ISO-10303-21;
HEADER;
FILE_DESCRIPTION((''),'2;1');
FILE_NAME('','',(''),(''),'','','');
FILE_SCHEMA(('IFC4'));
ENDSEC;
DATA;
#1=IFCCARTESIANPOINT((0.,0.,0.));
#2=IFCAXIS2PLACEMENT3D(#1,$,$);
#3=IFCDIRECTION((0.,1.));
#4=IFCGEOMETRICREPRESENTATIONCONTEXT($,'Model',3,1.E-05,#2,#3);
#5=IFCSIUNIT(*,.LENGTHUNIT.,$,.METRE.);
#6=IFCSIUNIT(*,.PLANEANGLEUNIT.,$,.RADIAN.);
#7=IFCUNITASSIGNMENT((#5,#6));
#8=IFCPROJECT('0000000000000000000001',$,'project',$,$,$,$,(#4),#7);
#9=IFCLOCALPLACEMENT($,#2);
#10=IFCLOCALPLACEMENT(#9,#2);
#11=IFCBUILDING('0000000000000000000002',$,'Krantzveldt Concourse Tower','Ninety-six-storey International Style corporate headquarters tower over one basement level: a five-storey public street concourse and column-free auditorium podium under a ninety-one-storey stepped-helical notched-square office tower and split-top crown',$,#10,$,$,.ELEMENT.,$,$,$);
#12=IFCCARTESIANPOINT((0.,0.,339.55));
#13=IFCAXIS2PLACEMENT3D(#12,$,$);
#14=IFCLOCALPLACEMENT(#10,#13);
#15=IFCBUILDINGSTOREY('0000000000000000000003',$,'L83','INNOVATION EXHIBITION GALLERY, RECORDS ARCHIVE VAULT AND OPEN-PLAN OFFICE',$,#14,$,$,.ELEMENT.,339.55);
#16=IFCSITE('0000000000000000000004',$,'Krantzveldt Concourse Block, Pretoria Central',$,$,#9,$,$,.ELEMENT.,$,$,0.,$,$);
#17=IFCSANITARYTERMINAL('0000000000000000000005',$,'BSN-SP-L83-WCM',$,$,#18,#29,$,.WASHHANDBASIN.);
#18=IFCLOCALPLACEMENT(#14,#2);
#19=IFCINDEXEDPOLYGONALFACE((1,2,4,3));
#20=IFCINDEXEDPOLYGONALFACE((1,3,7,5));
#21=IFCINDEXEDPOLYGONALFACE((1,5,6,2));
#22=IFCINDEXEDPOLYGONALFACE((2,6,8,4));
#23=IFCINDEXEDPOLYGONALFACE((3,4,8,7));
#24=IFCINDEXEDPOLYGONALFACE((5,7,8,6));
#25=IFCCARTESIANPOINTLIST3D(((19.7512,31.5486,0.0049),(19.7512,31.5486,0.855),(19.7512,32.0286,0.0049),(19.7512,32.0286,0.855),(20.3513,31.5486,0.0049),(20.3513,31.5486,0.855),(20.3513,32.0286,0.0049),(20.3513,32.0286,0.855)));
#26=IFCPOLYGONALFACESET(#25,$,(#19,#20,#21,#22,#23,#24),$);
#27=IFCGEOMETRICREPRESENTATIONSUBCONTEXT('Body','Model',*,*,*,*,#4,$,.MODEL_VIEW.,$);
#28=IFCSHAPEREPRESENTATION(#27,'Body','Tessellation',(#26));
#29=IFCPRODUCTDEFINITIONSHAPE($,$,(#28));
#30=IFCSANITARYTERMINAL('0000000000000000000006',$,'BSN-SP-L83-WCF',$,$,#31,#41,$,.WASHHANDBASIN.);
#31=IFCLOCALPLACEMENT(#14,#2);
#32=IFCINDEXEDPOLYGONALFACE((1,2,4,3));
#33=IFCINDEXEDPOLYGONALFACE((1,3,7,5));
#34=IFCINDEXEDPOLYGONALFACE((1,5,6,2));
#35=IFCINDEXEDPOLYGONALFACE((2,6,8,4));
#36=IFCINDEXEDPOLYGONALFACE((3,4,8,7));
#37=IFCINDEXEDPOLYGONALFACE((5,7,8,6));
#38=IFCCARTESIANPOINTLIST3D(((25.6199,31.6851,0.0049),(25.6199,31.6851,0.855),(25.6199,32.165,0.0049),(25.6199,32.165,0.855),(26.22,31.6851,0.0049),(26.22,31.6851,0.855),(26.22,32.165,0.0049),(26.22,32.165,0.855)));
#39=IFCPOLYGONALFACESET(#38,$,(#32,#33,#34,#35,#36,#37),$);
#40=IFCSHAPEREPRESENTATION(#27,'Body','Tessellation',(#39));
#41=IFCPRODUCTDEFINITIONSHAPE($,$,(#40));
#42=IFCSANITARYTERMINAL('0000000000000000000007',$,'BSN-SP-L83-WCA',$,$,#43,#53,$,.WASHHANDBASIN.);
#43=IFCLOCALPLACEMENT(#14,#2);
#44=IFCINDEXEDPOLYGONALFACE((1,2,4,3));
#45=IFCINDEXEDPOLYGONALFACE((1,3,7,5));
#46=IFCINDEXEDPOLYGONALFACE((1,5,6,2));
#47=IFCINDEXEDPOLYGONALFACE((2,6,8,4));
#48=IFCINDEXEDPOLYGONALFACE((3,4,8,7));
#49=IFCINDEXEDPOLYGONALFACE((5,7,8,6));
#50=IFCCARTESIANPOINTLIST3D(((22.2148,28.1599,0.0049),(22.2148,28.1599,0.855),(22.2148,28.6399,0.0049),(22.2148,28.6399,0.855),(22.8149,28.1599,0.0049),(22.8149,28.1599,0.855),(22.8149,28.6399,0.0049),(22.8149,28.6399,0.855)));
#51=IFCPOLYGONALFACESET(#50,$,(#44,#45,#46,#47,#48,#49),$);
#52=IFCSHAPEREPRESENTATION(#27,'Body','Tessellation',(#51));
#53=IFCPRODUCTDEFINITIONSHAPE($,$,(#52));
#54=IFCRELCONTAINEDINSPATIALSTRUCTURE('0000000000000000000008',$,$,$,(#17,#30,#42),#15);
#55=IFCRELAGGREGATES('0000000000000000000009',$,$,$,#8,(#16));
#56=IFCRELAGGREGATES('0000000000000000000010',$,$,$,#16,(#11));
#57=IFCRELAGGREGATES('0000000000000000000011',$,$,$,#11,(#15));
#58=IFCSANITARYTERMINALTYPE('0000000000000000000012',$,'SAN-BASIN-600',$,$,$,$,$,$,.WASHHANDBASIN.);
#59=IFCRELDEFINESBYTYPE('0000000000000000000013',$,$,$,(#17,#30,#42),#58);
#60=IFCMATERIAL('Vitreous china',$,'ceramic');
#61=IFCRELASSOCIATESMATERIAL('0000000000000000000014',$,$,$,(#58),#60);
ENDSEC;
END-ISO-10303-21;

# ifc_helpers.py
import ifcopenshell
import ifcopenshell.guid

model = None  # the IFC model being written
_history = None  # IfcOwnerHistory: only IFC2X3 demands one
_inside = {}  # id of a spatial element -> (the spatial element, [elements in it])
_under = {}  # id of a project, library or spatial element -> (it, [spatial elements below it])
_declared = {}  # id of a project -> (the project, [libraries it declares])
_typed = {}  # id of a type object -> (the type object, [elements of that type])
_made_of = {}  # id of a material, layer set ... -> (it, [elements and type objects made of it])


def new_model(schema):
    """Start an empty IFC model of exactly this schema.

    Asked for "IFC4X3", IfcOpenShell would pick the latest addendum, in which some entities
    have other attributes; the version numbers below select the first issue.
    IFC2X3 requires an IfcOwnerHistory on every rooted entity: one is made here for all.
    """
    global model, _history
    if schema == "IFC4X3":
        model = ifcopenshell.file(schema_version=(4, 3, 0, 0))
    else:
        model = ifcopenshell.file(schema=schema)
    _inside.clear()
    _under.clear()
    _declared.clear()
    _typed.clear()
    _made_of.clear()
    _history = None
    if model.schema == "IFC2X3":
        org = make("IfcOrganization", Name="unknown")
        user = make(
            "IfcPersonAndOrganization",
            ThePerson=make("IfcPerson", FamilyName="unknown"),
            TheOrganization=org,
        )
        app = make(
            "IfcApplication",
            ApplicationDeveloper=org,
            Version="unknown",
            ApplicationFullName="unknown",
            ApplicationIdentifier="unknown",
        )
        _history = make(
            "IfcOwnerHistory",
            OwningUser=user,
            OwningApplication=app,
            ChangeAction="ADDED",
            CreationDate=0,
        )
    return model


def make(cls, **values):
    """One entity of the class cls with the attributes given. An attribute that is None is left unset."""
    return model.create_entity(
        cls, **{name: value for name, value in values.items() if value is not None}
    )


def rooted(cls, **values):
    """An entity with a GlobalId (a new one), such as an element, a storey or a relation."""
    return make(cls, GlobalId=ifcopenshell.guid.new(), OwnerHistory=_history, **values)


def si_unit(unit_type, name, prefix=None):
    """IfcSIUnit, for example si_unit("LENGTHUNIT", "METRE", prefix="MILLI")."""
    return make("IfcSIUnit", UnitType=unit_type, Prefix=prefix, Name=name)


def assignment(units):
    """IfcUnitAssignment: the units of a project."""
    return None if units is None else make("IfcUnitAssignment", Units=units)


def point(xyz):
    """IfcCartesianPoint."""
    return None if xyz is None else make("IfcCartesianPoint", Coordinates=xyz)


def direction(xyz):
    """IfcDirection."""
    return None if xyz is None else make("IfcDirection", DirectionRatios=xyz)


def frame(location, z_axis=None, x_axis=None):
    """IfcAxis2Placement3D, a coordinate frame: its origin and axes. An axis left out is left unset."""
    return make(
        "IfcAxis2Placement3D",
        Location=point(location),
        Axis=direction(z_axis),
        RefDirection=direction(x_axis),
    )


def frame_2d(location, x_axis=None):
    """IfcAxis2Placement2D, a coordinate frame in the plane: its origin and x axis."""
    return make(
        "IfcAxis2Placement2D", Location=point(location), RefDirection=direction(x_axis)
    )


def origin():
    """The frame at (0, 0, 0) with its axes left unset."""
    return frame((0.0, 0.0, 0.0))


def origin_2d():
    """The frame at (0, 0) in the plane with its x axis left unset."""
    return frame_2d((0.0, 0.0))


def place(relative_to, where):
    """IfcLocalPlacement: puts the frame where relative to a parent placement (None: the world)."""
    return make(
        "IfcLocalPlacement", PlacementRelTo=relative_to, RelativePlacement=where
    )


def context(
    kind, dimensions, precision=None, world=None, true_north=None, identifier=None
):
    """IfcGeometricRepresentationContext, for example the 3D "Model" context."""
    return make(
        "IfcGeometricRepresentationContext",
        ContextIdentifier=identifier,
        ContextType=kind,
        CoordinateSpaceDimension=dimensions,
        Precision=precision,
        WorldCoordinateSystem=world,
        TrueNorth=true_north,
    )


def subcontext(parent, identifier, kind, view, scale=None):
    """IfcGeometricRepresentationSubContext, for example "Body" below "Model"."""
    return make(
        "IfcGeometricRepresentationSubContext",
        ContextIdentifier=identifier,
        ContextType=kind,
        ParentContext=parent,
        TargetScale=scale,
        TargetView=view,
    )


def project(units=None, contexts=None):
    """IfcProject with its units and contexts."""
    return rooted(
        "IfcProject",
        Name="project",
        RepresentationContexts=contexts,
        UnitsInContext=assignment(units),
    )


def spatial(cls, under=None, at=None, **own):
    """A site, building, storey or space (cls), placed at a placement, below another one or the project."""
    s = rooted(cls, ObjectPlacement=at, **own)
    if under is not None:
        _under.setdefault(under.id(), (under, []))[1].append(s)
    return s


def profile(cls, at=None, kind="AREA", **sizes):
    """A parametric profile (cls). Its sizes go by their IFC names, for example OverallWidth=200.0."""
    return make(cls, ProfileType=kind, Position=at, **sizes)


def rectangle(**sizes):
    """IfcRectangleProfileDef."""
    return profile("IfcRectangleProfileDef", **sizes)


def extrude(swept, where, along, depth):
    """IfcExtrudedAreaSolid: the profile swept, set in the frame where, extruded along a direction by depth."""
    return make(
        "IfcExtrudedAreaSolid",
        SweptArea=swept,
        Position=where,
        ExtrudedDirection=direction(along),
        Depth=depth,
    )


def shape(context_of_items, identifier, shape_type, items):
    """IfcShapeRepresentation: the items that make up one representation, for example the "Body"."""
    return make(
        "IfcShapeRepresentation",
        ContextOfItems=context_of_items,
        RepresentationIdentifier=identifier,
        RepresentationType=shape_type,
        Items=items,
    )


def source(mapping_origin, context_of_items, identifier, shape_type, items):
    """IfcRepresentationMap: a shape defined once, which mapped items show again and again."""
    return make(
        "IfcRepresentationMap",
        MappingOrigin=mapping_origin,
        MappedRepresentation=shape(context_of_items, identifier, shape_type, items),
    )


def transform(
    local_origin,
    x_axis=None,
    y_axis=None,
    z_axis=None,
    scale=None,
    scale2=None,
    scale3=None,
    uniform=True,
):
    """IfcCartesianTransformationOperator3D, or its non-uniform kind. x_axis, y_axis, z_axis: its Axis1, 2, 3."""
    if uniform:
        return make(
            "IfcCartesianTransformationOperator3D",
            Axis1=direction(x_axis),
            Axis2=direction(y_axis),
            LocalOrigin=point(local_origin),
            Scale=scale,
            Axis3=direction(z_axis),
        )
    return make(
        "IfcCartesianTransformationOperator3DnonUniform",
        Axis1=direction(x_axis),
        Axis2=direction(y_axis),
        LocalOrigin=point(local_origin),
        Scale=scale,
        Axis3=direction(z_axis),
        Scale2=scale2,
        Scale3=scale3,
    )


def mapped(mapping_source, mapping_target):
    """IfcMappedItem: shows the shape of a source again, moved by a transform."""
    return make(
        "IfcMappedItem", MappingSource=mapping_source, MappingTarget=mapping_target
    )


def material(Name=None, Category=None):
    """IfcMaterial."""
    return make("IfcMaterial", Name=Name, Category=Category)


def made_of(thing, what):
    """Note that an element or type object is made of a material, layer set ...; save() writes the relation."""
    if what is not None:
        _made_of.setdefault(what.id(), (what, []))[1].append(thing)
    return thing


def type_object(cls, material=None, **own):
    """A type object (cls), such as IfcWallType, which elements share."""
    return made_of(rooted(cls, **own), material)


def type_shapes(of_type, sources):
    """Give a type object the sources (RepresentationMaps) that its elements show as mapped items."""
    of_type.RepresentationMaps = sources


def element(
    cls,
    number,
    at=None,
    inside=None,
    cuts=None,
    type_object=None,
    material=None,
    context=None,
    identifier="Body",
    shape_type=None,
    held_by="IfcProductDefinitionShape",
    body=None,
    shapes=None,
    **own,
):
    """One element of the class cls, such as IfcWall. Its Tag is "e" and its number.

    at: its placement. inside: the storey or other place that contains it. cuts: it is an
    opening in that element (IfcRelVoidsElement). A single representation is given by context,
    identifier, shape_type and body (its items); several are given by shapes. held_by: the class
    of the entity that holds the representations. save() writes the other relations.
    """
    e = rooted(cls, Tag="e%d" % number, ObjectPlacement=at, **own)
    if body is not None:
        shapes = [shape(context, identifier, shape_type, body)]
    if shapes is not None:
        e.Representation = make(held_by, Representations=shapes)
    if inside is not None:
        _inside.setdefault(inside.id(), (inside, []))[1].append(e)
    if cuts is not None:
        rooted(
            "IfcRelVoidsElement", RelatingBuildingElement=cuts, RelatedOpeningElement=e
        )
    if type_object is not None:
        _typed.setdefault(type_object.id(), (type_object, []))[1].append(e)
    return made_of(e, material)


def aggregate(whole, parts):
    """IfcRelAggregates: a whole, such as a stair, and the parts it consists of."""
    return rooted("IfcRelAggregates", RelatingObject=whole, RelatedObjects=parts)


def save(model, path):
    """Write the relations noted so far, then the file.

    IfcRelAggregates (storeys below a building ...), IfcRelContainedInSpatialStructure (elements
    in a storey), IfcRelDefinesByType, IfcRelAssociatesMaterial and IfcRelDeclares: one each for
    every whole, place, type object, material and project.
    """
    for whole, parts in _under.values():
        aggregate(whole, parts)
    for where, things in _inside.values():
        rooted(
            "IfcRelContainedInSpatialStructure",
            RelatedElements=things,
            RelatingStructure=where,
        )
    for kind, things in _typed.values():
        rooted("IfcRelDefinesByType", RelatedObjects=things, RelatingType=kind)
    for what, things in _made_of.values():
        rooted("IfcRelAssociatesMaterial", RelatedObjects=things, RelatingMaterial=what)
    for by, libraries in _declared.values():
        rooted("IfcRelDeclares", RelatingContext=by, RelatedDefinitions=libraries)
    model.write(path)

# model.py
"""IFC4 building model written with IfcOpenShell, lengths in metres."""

from ifc_helpers import new_model, si_unit, direction, frame, origin, origin_2d, place, context, subcontext, project, spatial, rectangle, extrude, source, transform, mapped, material, type_object, type_shapes, element, save


model = new_model("IFC4")

# Units and contexts
model_context = context("Model", 3, precision=1e-05, world=origin(), true_north=direction((0.0, 1.0)))
body_context = subcontext(model_context, "Body", "Model", "MODEL_VIEW")
ifc_project = project(units=[si_unit("LENGTHUNIT", "METRE"), si_unit("PLANEANGLEUNIT", "RADIAN")], contexts=[model_context])

# Site, building, storey
site_placement = place(None, origin())
site = spatial("IfcSite", under=ifc_project, at=site_placement, Name="Krantzveldt Concourse Block, Pretoria Central", CompositionType="ELEMENT", RefElevation=0.0)
building_placement = place(site_placement, origin())
building = spatial("IfcBuilding", under=site, at=building_placement, Name="Krantzveldt Concourse Tower", Description="Ninety-six-storey International Style corporate headquarters tower over one basement level: a five-storey public street concourse and column-free auditorium podium under a ninety-one-storey stepped-helical notched-square office tower and split-top crown", CompositionType="ELEMENT")
storey_placement = place(building_placement, frame((0.0, 0.0, 339.55)))
storey = spatial("IfcBuildingStorey", under=building, at=storey_placement, Name="L83", Description="INNOVATION EXHIBITION GALLERY, RECORDS ARCHIVE VAULT AND OPEN-PLAN OFFICE", CompositionType="ELEMENT", Elevation=339.55)

# Sanitary terminals
ifc_material_1 = material(Name="Vitreous china", Category="ceramic")
sanitary_terminal_type_1 = type_object("IfcSanitaryTerminalType", Name="SAN-BASIN-600", PredefinedType="WASHHANDBASIN", material=ifc_material_1)
shared_shape_1 = source(origin(), body_context, "Body", "SweptSolid", [
    extrude(rectangle(XDim=0.6001, YDim=0.48, at=origin_2d()), origin(), (0.0, 0.0, 1.0), 0.8501),
])
type_shapes(sanitary_terminal_type_1, [shared_shape_1])
for number, where, z_axis, x_axis, name in (
    (1, (20.0513, 31.7886, 0.0049), (0.0, 0.0, 1.0), (1.0, 0.0, 0.0), "BSN-SP-L83-WCM"),
    (2, (25.9199, 31.925, 0.0049), (0.0, 0.0, 1.0), (1.0, 0.0, 0.0), "BSN-SP-L83-WCF"),
    (3, (22.5149, 28.3999, 0.0049), (0.0, 0.0, 1.0), (1.0, 0.0, 0.0), "BSN-SP-L83-WCA"),
):
    element("IfcSanitaryTerminal", number, at=place(storey_placement, frame(where, z_axis=z_axis, x_axis=x_axis)), inside=storey, type_object=sanitary_terminal_type_1, Name=name, PredefinedType="WASHHANDBASIN", context=body_context, shape_type="MappedRepresentation", body=[
        mapped(shared_shape_1, transform((0.0, 0.0, 0.0), x_axis=(1.0, 0.0, 0.0), y_axis=(0.0, 1.0, 0.0), z_axis=(0.0, 0.0, 1.0), scale=1.0)),
    ])

save(model, "model.ifc")
